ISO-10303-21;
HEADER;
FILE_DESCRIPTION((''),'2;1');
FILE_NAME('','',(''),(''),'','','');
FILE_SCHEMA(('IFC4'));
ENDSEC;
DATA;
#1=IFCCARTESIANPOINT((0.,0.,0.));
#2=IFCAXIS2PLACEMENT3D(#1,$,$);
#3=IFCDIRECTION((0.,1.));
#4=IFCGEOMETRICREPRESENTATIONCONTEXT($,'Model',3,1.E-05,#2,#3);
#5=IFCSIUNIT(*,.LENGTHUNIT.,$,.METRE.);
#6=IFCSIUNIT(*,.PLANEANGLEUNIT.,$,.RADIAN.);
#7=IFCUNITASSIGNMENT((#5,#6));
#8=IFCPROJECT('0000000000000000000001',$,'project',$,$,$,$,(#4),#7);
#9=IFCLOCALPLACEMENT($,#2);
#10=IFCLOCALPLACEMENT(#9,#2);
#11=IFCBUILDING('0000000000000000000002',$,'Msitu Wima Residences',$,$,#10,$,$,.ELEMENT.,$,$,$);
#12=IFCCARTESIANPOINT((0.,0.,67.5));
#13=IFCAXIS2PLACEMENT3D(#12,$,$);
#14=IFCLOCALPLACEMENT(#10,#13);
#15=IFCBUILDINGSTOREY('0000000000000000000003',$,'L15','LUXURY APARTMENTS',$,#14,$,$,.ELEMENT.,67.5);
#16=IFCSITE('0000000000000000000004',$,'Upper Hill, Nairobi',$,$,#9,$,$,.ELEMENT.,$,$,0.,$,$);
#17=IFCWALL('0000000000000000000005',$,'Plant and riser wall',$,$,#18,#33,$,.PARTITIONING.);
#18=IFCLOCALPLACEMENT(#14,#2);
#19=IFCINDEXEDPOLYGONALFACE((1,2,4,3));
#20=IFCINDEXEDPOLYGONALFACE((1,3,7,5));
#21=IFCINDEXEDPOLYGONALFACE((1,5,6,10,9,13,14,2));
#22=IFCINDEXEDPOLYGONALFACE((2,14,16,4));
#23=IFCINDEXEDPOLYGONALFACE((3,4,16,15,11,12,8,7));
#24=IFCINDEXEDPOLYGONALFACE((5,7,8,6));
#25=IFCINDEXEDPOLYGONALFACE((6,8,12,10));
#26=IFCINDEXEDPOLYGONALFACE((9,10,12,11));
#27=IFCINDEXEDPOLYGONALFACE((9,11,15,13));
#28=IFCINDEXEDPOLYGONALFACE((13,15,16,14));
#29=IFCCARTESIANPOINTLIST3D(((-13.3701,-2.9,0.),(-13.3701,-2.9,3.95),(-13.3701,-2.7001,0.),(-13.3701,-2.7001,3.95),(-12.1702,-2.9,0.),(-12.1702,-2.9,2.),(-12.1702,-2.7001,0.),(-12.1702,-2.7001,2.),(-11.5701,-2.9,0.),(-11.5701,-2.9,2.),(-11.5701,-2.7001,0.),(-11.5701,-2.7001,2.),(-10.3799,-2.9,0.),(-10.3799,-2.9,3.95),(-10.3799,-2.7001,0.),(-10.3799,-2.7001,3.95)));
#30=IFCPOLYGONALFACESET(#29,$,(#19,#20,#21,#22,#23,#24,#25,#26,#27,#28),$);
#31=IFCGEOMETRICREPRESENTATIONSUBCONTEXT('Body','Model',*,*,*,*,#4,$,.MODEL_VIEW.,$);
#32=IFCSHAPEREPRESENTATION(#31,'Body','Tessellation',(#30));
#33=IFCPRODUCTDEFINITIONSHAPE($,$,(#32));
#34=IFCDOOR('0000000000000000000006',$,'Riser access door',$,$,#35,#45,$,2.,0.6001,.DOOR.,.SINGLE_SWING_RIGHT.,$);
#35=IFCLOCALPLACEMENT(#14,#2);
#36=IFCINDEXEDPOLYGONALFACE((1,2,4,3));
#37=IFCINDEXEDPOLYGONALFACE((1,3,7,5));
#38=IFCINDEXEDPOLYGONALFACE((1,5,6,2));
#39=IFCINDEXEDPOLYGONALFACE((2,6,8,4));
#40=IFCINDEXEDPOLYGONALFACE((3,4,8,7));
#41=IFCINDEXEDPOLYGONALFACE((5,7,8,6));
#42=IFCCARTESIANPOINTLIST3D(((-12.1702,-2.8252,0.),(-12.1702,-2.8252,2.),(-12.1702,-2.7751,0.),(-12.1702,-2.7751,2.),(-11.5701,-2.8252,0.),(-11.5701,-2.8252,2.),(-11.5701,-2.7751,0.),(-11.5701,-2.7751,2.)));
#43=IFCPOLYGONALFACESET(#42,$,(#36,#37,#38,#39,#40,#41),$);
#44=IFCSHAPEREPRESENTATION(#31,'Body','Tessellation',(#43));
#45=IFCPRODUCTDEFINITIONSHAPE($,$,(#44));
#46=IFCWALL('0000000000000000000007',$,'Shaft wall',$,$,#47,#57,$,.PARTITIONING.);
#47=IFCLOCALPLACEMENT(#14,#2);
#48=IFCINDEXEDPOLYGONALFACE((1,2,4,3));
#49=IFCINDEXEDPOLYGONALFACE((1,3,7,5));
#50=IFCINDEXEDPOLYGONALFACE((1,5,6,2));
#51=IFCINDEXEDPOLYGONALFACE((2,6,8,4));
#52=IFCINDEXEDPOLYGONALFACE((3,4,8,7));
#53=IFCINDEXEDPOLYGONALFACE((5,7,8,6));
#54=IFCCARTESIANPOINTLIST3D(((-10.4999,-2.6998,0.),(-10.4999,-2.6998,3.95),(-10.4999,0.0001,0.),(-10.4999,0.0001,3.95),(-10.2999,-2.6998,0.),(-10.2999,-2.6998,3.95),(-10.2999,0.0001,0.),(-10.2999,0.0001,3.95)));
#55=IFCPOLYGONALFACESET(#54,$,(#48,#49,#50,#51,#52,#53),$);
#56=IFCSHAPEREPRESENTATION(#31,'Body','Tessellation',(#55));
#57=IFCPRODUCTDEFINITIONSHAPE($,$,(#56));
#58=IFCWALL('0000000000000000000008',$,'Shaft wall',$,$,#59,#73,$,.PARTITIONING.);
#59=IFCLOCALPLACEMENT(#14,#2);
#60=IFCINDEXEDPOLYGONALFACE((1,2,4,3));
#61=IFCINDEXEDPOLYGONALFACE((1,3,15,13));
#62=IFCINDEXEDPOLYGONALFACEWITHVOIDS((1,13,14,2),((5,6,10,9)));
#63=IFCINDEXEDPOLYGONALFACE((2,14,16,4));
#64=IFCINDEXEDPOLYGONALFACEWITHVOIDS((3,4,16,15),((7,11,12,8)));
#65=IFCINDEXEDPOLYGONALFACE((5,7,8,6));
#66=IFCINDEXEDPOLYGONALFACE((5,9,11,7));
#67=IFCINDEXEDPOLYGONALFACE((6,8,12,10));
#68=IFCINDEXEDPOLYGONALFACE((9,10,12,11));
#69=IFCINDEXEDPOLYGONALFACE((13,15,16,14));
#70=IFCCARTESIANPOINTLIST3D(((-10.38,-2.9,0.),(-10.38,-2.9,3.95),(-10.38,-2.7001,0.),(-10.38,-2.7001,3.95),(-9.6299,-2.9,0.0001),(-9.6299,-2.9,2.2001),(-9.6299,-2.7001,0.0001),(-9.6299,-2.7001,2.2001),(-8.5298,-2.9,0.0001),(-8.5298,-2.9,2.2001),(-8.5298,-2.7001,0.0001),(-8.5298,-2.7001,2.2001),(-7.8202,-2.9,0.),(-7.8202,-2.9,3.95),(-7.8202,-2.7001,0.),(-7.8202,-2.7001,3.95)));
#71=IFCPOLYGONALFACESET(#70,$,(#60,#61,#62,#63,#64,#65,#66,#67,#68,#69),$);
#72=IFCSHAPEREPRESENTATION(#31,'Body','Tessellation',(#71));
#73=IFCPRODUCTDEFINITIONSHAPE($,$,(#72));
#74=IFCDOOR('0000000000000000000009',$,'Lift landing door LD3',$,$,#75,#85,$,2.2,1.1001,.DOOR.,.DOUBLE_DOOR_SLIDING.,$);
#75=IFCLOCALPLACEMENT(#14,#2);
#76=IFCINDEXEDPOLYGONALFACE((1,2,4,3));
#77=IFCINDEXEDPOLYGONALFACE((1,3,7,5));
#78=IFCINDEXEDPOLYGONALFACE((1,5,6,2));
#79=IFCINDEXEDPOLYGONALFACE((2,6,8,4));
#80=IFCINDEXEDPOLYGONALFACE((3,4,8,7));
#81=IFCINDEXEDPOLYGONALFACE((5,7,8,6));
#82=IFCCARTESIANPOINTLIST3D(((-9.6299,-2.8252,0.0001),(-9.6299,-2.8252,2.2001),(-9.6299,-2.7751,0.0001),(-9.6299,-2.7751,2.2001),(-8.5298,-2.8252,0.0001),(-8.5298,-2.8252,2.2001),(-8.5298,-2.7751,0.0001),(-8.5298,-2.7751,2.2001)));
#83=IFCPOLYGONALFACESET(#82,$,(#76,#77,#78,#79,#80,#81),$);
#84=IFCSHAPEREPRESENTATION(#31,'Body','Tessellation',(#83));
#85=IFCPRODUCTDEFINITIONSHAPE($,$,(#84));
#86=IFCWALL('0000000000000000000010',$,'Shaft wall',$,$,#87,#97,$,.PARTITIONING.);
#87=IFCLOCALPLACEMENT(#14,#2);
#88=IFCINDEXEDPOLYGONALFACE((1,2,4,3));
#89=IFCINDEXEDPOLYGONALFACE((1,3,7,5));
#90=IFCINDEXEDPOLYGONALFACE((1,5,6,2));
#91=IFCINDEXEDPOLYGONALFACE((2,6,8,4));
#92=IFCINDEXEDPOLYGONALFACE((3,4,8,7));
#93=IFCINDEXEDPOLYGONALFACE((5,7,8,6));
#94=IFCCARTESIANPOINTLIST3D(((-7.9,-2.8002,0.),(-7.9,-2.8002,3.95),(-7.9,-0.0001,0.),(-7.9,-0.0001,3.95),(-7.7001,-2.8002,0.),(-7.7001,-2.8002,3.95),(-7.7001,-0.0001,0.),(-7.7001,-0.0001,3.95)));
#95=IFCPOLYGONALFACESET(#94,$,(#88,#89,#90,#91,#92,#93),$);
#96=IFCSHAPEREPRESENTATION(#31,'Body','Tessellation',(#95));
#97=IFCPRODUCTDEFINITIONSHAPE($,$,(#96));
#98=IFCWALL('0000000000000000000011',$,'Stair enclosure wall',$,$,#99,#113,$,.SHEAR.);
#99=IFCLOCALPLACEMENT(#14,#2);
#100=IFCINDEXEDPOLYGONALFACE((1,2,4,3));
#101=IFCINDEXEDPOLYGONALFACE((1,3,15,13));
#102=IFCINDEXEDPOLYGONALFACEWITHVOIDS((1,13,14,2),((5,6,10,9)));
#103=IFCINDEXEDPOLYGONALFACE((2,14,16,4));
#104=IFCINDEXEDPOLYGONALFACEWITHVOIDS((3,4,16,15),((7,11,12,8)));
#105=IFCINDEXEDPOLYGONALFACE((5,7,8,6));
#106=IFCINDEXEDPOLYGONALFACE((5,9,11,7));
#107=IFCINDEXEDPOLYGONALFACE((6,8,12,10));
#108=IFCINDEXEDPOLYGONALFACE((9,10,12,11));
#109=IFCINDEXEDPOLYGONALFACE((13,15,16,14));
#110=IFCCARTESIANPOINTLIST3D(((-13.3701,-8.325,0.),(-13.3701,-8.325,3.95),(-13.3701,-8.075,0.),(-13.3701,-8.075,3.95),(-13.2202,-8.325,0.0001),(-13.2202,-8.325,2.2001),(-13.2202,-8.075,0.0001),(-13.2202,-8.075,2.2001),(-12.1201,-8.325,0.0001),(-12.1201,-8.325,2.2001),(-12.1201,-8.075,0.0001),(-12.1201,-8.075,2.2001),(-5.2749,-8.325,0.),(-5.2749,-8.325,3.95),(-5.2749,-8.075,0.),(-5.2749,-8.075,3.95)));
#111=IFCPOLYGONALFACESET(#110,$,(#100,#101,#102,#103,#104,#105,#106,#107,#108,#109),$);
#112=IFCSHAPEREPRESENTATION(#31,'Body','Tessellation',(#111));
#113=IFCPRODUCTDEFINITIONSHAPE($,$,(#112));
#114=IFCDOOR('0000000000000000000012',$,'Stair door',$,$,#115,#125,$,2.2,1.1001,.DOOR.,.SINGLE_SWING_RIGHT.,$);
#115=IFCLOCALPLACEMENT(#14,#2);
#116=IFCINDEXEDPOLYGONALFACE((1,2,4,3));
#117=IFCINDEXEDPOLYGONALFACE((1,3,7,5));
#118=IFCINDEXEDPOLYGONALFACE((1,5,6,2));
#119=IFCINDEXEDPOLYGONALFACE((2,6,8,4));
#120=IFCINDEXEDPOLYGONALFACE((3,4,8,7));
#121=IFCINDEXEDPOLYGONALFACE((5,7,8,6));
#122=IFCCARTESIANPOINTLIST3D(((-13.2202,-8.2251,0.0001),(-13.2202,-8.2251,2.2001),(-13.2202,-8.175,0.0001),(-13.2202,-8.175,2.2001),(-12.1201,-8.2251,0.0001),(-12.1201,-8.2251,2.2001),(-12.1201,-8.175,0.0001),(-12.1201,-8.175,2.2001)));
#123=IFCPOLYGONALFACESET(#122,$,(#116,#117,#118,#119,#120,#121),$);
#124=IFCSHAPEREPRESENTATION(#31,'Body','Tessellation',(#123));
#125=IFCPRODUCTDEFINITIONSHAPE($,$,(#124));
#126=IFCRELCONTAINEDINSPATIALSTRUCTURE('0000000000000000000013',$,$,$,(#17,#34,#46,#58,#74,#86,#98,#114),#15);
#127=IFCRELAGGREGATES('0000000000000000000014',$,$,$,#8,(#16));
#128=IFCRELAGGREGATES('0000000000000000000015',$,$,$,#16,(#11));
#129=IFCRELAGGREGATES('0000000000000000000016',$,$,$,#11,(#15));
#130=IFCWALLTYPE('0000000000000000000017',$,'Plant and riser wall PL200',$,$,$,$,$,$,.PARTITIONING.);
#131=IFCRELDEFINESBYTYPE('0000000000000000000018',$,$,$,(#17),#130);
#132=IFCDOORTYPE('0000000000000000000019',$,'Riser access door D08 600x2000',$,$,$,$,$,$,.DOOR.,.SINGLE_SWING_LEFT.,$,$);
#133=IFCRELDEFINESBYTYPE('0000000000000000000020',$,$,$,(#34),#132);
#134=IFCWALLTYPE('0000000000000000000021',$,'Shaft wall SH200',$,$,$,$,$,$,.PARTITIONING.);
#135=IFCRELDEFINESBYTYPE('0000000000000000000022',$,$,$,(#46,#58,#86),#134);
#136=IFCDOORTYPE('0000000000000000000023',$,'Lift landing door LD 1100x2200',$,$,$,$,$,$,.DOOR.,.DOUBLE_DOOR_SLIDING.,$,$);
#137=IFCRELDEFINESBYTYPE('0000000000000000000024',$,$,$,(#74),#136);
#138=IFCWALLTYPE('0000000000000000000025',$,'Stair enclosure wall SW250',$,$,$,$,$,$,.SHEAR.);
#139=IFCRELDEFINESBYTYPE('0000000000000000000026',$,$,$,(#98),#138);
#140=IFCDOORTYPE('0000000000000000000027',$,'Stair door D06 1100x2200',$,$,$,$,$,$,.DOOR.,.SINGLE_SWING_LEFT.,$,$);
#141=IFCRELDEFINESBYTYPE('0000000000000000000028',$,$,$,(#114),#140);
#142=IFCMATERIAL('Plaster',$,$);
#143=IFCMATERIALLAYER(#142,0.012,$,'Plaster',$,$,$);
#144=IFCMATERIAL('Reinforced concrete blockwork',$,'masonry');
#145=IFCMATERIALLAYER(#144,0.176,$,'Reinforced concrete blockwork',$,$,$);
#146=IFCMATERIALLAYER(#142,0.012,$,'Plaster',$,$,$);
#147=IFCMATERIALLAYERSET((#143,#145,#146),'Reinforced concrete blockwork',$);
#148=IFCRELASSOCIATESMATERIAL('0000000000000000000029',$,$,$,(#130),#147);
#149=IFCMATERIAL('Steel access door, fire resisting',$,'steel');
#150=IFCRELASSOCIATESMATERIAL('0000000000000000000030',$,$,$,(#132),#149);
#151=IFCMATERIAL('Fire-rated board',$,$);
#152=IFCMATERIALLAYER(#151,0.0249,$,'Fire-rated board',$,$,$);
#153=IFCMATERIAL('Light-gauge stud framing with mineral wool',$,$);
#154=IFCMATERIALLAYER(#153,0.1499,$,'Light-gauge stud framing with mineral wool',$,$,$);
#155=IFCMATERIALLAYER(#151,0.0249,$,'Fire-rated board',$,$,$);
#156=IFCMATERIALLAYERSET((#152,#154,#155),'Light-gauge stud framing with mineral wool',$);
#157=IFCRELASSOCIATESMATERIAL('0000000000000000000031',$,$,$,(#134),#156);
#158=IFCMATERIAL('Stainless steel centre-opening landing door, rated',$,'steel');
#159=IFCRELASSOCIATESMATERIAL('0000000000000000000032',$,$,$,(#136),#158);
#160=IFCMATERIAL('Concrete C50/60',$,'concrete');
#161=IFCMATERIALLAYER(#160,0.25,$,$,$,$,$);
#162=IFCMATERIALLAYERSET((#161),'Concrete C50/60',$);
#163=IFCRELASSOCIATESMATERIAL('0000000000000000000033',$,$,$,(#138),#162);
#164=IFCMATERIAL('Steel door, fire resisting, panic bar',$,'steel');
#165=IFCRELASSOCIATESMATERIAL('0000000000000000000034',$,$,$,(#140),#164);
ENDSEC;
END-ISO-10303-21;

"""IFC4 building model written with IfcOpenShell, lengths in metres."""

from ifc_helpers import new_model, si_unit, direction, frame, frame_2d, origin, place, context, subcontext, project, spatial, rectangle, extrude, material, layer, layer_set, type_object, element, fill, save


model = new_model("IFC4")

# Units and contexts
model_context = context("Model", 3, precision=1e-05, world=origin(), true_north=direction((0.0, 1.0)))
body_context = subcontext(model_context, "Body", "Model", "MODEL_VIEW")
ifc_project = project(units=[si_unit("LENGTHUNIT", "METRE"), si_unit("PLANEANGLEUNIT", "RADIAN")], contexts=[model_context])

# Site, building, storey
site_placement = place(None, origin())
site = spatial("IfcSite", under=ifc_project, at=site_placement, Name="Upper Hill, Nairobi", CompositionType="ELEMENT", RefElevation=0.0)
building_placement = place(site_placement, origin())
building = spatial("IfcBuilding", under=site, at=building_placement, Name="Msitu Wima Residences", CompositionType="ELEMENT")
storey_placement = place(building_placement, frame((0.0, 0.0, 67.5)))
storey = spatial("IfcBuildingStorey", under=building, at=storey_placement, Name="L15", Description="LUXURY APARTMENTS", CompositionType="ELEMENT", Elevation=67.5)

# Shared definitions
ifc_material_1 = material(Name="Plaster")

# Wall, opening, door
ifc_layer_1 = layer(ifc_material_1, 0.012, Name="Plaster")
ifc_material_2 = material(Name="Reinforced concrete blockwork", Category="masonry")
ifc_layer_2 = layer(ifc_material_2, 0.176, Name="Reinforced concrete blockwork")
ifc_layer_3 = layer(ifc_material_1, 0.012, Name="Plaster")
ifc_layer_set_1 = layer_set([ifc_layer_1, ifc_layer_2, ifc_layer_3], Name="Reinforced concrete blockwork")
wall_type_1 = type_object("IfcWallType", Name="Plant and riser wall PL200", PredefinedType="PARTITIONING", material=ifc_layer_set_1)
wall_1_placement = place(storey_placement, frame((-13.3701, -2.8, 0.0), z_axis=(0.0, 0.0, 1.0), x_axis=(1.0, 0.0, 0.0)))
wall_1 = element("IfcWall", 1, at=wall_1_placement, inside=storey, type_object=wall_type_1, Name="Plant and riser wall", PredefinedType="PARTITIONING", context=body_context, shape_type="SweptSolid", body=[
    extrude(rectangle(XDim=2.9902, YDim=0.2, at=frame_2d((1.4951, 0.0))), origin(), (0.0, 0.0, 1.0), 3.95),
])
opening_1_placement = place(wall_1_placement, frame((1.2, 0.0, 0.0)))
opening_1 = element("IfcOpeningElement", 2, at=opening_1_placement, cuts=wall_1, PredefinedType="OPENING", context=body_context, shape_type="SweptSolid", body=[
    extrude(rectangle(XDim=0.6001, YDim=2.0, at=frame_2d((0.3, 1.0))), frame((0.0, 0.1099, 0.0), z_axis=(0.0, -1.0, 0.0), x_axis=(1.0, 0.0, 0.0)), (0.0, 0.0, 1.0), 0.22),
])
ifc_material_3 = material(Name="Steel access door, fire resisting", Category="steel")
door_type_1 = type_object("IfcDoorType", Name="Riser access door D08 600x2000", OperationType="SINGLE_SWING_LEFT", PredefinedType="DOOR", material=ifc_material_3)
door_1_placement = place(opening_1_placement, origin())
door_1 = element("IfcDoor", 3, at=door_1_placement, inside=storey, type_object=door_type_1, Name="Riser access door", OperationType="SINGLE_SWING_RIGHT", OverallHeight=2.0, OverallWidth=0.6001, PredefinedType="DOOR", context=body_context, shape_type="SweptSolid", body=[
    extrude(rectangle(XDim=0.6001, YDim=2.0, at=frame_2d((0.3, 1.0))), frame((0.0, 0.0249, 0.0), z_axis=(0.0, -1.0, 0.0), x_axis=(1.0, 0.0, 0.0)), (0.0, 0.0, 1.0), 0.05),
])
fill(opening_1, door_1)

# Wall
ifc_material_4 = material(Name="Fire-rated board")
ifc_layer_4 = layer(ifc_material_4, 0.0249, Name="Fire-rated board")
ifc_material_5 = material(Name="Light-gauge stud framing with mineral wool")
ifc_layer_5 = layer(ifc_material_5, 0.1499, Name="Light-gauge stud framing with mineral wool")
ifc_layer_6 = layer(ifc_material_4, 0.0249, Name="Fire-rated board")
ifc_layer_set_2 = layer_set([ifc_layer_4, ifc_layer_5, ifc_layer_6], Name="Light-gauge stud framing with mineral wool")
wall_type_2 = type_object("IfcWallType", Name="Shaft wall SH200", PredefinedType="PARTITIONING", material=ifc_layer_set_2)
wall_2_placement = place(storey_placement, frame((-10.3999, -2.7, 0.0), z_axis=(0.0, 0.0, 1.0), x_axis=(0.0, 1.0, 0.0)))
element("IfcWall", 4, at=wall_2_placement, inside=storey, type_object=wall_type_2, Name="Shaft wall", PredefinedType="PARTITIONING", context=body_context, shape_type="SweptSolid", body=[
    extrude(rectangle(XDim=2.7, YDim=0.2, at=frame_2d((1.3501, 0.0))), origin(), (0.0, 0.0, 1.0), 3.95),
])

# Wall, opening, door
wall_3_placement = place(storey_placement, frame((-10.3799, -2.8, 0.0), z_axis=(0.0, 0.0, 1.0), x_axis=(1.0, 0.0, 0.0)))
wall_3 = element("IfcWall", 5, at=wall_3_placement, inside=storey, type_object=wall_type_2, Name="Shaft wall", PredefinedType="PARTITIONING", context=body_context, shape_type="SweptSolid", body=[
    extrude(rectangle(XDim=2.5598, YDim=0.2, at=frame_2d((1.2798, 0.0))), origin(), (0.0, 0.0, 1.0), 3.95),
])
opening_2_placement = place(wall_3_placement, frame((0.75, 0.0, 0.0)))
opening_2 = element("IfcOpeningElement", 6, at=opening_2_placement, cuts=wall_3, PredefinedType="OPENING", context=body_context, shape_type="SweptSolid", body=[
    extrude(rectangle(XDim=1.1001, YDim=2.2, at=frame_2d((0.55, 1.1001))), frame((0.0, 0.1099, 0.0), z_axis=(0.0, -1.0, 0.0), x_axis=(1.0, 0.0, 0.0)), (0.0, 0.0, 1.0), 0.22),
])
ifc_material_6 = material(Name="Stainless steel centre-opening landing door, rated", Category="steel")
door_type_2 = type_object("IfcDoorType", Name="Lift landing door LD 1100x2200", OperationType="DOUBLE_DOOR_SLIDING", PredefinedType="DOOR", material=ifc_material_6)
door_2_placement = place(opening_2_placement, origin())
door_2 = element("IfcDoor", 7, at=door_2_placement, inside=storey, type_object=door_type_2, Name="Lift landing door LD3", OperationType="DOUBLE_DOOR_SLIDING", OverallHeight=2.2, OverallWidth=1.1001, PredefinedType="DOOR", context=body_context, shape_type="SweptSolid", body=[
    extrude(rectangle(XDim=1.1001, YDim=2.2, at=frame_2d((0.55, 1.1001))), frame((0.0, 0.0249, 0.0), z_axis=(0.0, -1.0, 0.0), x_axis=(1.0, 0.0, 0.0)), (0.0, 0.0, 1.0), 0.05),
])
fill(opening_2, door_2)

# Wall
wall_4_placement = place(storey_placement, frame((-7.8, -2.8, 0.0), z_axis=(0.0, 0.0, 1.0), x_axis=(0.0, 1.0, 0.0)))
element("IfcWall", 8, at=wall_4_placement, inside=storey, type_object=wall_type_2, Name="Shaft wall", PredefinedType="PARTITIONING", context=body_context, shape_type="SweptSolid", body=[
    extrude(rectangle(XDim=2.8, YDim=0.2, at=frame_2d((1.3999, 0.0))), origin(), (0.0, 0.0, 1.0), 3.95),
])

# Wall, opening, door
ifc_material_7 = material(Name="Concrete C50/60", Category="concrete")
ifc_layer_7 = layer(ifc_material_7, 0.25)
ifc_layer_set_3 = layer_set([ifc_layer_7], Name="Concrete C50/60")
wall_type_3 = type_object("IfcWallType", Name="Stair enclosure wall SW250", PredefinedType="SHEAR", material=ifc_layer_set_3)
wall_5_placement = place(storey_placement, frame((-13.3701, -8.2, 0.0), z_axis=(0.0, 0.0, 1.0), x_axis=(1.0, 0.0, 0.0)))
wall_5 = element("IfcWall", 9, at=wall_5_placement, inside=storey, type_object=wall_type_3, Name="Stair enclosure wall", PredefinedType="SHEAR", context=body_context, shape_type="SweptSolid", body=[
    extrude(rectangle(XDim=8.0952, YDim=0.25, at=frame_2d((4.0476, 0.0))), origin(), (0.0, 0.0, 1.0), 3.95),
])
opening_3_placement = place(wall_5_placement, frame((0.1499, 0.0, 0.0)))
opening_3 = element("IfcOpeningElement", 10, at=opening_3_placement, cuts=wall_5, PredefinedType="OPENING", context=body_context, shape_type="SweptSolid", body=[
    extrude(rectangle(XDim=1.1001, YDim=2.2, at=frame_2d((0.55, 1.1001))), frame((0.0, 0.135, 0.0), z_axis=(0.0, -1.0, 0.0), x_axis=(1.0, 0.0, 0.0)), (0.0, 0.0, 1.0), 0.27),
])
ifc_material_8 = material(Name="Steel door, fire resisting, panic bar", Category="steel")
door_type_3 = type_object("IfcDoorType", Name="Stair door D06 1100x2200", OperationType="SINGLE_SWING_LEFT", PredefinedType="DOOR", material=ifc_material_8)
door_3_placement = place(opening_3_placement, origin())
door_3 = element("IfcDoor", 11, at=door_3_placement, inside=storey, type_object=door_type_3, Name="Stair door", OperationType="SINGLE_SWING_RIGHT", OverallHeight=2.2, OverallWidth=1.1001, PredefinedType="DOOR", context=body_context, shape_type="SweptSolid", body=[
    extrude(rectangle(XDim=1.1001, YDim=2.2, at=frame_2d((0.55, 1.1001))), frame((0.0, 0.0249, 0.0), z_axis=(0.0, -1.0, 0.0), x_axis=(1.0, 0.0, 0.0)), (0.0, 0.0, 1.0), 0.05),
])
fill(opening_3, door_3)

save(model, "model.ifc")
